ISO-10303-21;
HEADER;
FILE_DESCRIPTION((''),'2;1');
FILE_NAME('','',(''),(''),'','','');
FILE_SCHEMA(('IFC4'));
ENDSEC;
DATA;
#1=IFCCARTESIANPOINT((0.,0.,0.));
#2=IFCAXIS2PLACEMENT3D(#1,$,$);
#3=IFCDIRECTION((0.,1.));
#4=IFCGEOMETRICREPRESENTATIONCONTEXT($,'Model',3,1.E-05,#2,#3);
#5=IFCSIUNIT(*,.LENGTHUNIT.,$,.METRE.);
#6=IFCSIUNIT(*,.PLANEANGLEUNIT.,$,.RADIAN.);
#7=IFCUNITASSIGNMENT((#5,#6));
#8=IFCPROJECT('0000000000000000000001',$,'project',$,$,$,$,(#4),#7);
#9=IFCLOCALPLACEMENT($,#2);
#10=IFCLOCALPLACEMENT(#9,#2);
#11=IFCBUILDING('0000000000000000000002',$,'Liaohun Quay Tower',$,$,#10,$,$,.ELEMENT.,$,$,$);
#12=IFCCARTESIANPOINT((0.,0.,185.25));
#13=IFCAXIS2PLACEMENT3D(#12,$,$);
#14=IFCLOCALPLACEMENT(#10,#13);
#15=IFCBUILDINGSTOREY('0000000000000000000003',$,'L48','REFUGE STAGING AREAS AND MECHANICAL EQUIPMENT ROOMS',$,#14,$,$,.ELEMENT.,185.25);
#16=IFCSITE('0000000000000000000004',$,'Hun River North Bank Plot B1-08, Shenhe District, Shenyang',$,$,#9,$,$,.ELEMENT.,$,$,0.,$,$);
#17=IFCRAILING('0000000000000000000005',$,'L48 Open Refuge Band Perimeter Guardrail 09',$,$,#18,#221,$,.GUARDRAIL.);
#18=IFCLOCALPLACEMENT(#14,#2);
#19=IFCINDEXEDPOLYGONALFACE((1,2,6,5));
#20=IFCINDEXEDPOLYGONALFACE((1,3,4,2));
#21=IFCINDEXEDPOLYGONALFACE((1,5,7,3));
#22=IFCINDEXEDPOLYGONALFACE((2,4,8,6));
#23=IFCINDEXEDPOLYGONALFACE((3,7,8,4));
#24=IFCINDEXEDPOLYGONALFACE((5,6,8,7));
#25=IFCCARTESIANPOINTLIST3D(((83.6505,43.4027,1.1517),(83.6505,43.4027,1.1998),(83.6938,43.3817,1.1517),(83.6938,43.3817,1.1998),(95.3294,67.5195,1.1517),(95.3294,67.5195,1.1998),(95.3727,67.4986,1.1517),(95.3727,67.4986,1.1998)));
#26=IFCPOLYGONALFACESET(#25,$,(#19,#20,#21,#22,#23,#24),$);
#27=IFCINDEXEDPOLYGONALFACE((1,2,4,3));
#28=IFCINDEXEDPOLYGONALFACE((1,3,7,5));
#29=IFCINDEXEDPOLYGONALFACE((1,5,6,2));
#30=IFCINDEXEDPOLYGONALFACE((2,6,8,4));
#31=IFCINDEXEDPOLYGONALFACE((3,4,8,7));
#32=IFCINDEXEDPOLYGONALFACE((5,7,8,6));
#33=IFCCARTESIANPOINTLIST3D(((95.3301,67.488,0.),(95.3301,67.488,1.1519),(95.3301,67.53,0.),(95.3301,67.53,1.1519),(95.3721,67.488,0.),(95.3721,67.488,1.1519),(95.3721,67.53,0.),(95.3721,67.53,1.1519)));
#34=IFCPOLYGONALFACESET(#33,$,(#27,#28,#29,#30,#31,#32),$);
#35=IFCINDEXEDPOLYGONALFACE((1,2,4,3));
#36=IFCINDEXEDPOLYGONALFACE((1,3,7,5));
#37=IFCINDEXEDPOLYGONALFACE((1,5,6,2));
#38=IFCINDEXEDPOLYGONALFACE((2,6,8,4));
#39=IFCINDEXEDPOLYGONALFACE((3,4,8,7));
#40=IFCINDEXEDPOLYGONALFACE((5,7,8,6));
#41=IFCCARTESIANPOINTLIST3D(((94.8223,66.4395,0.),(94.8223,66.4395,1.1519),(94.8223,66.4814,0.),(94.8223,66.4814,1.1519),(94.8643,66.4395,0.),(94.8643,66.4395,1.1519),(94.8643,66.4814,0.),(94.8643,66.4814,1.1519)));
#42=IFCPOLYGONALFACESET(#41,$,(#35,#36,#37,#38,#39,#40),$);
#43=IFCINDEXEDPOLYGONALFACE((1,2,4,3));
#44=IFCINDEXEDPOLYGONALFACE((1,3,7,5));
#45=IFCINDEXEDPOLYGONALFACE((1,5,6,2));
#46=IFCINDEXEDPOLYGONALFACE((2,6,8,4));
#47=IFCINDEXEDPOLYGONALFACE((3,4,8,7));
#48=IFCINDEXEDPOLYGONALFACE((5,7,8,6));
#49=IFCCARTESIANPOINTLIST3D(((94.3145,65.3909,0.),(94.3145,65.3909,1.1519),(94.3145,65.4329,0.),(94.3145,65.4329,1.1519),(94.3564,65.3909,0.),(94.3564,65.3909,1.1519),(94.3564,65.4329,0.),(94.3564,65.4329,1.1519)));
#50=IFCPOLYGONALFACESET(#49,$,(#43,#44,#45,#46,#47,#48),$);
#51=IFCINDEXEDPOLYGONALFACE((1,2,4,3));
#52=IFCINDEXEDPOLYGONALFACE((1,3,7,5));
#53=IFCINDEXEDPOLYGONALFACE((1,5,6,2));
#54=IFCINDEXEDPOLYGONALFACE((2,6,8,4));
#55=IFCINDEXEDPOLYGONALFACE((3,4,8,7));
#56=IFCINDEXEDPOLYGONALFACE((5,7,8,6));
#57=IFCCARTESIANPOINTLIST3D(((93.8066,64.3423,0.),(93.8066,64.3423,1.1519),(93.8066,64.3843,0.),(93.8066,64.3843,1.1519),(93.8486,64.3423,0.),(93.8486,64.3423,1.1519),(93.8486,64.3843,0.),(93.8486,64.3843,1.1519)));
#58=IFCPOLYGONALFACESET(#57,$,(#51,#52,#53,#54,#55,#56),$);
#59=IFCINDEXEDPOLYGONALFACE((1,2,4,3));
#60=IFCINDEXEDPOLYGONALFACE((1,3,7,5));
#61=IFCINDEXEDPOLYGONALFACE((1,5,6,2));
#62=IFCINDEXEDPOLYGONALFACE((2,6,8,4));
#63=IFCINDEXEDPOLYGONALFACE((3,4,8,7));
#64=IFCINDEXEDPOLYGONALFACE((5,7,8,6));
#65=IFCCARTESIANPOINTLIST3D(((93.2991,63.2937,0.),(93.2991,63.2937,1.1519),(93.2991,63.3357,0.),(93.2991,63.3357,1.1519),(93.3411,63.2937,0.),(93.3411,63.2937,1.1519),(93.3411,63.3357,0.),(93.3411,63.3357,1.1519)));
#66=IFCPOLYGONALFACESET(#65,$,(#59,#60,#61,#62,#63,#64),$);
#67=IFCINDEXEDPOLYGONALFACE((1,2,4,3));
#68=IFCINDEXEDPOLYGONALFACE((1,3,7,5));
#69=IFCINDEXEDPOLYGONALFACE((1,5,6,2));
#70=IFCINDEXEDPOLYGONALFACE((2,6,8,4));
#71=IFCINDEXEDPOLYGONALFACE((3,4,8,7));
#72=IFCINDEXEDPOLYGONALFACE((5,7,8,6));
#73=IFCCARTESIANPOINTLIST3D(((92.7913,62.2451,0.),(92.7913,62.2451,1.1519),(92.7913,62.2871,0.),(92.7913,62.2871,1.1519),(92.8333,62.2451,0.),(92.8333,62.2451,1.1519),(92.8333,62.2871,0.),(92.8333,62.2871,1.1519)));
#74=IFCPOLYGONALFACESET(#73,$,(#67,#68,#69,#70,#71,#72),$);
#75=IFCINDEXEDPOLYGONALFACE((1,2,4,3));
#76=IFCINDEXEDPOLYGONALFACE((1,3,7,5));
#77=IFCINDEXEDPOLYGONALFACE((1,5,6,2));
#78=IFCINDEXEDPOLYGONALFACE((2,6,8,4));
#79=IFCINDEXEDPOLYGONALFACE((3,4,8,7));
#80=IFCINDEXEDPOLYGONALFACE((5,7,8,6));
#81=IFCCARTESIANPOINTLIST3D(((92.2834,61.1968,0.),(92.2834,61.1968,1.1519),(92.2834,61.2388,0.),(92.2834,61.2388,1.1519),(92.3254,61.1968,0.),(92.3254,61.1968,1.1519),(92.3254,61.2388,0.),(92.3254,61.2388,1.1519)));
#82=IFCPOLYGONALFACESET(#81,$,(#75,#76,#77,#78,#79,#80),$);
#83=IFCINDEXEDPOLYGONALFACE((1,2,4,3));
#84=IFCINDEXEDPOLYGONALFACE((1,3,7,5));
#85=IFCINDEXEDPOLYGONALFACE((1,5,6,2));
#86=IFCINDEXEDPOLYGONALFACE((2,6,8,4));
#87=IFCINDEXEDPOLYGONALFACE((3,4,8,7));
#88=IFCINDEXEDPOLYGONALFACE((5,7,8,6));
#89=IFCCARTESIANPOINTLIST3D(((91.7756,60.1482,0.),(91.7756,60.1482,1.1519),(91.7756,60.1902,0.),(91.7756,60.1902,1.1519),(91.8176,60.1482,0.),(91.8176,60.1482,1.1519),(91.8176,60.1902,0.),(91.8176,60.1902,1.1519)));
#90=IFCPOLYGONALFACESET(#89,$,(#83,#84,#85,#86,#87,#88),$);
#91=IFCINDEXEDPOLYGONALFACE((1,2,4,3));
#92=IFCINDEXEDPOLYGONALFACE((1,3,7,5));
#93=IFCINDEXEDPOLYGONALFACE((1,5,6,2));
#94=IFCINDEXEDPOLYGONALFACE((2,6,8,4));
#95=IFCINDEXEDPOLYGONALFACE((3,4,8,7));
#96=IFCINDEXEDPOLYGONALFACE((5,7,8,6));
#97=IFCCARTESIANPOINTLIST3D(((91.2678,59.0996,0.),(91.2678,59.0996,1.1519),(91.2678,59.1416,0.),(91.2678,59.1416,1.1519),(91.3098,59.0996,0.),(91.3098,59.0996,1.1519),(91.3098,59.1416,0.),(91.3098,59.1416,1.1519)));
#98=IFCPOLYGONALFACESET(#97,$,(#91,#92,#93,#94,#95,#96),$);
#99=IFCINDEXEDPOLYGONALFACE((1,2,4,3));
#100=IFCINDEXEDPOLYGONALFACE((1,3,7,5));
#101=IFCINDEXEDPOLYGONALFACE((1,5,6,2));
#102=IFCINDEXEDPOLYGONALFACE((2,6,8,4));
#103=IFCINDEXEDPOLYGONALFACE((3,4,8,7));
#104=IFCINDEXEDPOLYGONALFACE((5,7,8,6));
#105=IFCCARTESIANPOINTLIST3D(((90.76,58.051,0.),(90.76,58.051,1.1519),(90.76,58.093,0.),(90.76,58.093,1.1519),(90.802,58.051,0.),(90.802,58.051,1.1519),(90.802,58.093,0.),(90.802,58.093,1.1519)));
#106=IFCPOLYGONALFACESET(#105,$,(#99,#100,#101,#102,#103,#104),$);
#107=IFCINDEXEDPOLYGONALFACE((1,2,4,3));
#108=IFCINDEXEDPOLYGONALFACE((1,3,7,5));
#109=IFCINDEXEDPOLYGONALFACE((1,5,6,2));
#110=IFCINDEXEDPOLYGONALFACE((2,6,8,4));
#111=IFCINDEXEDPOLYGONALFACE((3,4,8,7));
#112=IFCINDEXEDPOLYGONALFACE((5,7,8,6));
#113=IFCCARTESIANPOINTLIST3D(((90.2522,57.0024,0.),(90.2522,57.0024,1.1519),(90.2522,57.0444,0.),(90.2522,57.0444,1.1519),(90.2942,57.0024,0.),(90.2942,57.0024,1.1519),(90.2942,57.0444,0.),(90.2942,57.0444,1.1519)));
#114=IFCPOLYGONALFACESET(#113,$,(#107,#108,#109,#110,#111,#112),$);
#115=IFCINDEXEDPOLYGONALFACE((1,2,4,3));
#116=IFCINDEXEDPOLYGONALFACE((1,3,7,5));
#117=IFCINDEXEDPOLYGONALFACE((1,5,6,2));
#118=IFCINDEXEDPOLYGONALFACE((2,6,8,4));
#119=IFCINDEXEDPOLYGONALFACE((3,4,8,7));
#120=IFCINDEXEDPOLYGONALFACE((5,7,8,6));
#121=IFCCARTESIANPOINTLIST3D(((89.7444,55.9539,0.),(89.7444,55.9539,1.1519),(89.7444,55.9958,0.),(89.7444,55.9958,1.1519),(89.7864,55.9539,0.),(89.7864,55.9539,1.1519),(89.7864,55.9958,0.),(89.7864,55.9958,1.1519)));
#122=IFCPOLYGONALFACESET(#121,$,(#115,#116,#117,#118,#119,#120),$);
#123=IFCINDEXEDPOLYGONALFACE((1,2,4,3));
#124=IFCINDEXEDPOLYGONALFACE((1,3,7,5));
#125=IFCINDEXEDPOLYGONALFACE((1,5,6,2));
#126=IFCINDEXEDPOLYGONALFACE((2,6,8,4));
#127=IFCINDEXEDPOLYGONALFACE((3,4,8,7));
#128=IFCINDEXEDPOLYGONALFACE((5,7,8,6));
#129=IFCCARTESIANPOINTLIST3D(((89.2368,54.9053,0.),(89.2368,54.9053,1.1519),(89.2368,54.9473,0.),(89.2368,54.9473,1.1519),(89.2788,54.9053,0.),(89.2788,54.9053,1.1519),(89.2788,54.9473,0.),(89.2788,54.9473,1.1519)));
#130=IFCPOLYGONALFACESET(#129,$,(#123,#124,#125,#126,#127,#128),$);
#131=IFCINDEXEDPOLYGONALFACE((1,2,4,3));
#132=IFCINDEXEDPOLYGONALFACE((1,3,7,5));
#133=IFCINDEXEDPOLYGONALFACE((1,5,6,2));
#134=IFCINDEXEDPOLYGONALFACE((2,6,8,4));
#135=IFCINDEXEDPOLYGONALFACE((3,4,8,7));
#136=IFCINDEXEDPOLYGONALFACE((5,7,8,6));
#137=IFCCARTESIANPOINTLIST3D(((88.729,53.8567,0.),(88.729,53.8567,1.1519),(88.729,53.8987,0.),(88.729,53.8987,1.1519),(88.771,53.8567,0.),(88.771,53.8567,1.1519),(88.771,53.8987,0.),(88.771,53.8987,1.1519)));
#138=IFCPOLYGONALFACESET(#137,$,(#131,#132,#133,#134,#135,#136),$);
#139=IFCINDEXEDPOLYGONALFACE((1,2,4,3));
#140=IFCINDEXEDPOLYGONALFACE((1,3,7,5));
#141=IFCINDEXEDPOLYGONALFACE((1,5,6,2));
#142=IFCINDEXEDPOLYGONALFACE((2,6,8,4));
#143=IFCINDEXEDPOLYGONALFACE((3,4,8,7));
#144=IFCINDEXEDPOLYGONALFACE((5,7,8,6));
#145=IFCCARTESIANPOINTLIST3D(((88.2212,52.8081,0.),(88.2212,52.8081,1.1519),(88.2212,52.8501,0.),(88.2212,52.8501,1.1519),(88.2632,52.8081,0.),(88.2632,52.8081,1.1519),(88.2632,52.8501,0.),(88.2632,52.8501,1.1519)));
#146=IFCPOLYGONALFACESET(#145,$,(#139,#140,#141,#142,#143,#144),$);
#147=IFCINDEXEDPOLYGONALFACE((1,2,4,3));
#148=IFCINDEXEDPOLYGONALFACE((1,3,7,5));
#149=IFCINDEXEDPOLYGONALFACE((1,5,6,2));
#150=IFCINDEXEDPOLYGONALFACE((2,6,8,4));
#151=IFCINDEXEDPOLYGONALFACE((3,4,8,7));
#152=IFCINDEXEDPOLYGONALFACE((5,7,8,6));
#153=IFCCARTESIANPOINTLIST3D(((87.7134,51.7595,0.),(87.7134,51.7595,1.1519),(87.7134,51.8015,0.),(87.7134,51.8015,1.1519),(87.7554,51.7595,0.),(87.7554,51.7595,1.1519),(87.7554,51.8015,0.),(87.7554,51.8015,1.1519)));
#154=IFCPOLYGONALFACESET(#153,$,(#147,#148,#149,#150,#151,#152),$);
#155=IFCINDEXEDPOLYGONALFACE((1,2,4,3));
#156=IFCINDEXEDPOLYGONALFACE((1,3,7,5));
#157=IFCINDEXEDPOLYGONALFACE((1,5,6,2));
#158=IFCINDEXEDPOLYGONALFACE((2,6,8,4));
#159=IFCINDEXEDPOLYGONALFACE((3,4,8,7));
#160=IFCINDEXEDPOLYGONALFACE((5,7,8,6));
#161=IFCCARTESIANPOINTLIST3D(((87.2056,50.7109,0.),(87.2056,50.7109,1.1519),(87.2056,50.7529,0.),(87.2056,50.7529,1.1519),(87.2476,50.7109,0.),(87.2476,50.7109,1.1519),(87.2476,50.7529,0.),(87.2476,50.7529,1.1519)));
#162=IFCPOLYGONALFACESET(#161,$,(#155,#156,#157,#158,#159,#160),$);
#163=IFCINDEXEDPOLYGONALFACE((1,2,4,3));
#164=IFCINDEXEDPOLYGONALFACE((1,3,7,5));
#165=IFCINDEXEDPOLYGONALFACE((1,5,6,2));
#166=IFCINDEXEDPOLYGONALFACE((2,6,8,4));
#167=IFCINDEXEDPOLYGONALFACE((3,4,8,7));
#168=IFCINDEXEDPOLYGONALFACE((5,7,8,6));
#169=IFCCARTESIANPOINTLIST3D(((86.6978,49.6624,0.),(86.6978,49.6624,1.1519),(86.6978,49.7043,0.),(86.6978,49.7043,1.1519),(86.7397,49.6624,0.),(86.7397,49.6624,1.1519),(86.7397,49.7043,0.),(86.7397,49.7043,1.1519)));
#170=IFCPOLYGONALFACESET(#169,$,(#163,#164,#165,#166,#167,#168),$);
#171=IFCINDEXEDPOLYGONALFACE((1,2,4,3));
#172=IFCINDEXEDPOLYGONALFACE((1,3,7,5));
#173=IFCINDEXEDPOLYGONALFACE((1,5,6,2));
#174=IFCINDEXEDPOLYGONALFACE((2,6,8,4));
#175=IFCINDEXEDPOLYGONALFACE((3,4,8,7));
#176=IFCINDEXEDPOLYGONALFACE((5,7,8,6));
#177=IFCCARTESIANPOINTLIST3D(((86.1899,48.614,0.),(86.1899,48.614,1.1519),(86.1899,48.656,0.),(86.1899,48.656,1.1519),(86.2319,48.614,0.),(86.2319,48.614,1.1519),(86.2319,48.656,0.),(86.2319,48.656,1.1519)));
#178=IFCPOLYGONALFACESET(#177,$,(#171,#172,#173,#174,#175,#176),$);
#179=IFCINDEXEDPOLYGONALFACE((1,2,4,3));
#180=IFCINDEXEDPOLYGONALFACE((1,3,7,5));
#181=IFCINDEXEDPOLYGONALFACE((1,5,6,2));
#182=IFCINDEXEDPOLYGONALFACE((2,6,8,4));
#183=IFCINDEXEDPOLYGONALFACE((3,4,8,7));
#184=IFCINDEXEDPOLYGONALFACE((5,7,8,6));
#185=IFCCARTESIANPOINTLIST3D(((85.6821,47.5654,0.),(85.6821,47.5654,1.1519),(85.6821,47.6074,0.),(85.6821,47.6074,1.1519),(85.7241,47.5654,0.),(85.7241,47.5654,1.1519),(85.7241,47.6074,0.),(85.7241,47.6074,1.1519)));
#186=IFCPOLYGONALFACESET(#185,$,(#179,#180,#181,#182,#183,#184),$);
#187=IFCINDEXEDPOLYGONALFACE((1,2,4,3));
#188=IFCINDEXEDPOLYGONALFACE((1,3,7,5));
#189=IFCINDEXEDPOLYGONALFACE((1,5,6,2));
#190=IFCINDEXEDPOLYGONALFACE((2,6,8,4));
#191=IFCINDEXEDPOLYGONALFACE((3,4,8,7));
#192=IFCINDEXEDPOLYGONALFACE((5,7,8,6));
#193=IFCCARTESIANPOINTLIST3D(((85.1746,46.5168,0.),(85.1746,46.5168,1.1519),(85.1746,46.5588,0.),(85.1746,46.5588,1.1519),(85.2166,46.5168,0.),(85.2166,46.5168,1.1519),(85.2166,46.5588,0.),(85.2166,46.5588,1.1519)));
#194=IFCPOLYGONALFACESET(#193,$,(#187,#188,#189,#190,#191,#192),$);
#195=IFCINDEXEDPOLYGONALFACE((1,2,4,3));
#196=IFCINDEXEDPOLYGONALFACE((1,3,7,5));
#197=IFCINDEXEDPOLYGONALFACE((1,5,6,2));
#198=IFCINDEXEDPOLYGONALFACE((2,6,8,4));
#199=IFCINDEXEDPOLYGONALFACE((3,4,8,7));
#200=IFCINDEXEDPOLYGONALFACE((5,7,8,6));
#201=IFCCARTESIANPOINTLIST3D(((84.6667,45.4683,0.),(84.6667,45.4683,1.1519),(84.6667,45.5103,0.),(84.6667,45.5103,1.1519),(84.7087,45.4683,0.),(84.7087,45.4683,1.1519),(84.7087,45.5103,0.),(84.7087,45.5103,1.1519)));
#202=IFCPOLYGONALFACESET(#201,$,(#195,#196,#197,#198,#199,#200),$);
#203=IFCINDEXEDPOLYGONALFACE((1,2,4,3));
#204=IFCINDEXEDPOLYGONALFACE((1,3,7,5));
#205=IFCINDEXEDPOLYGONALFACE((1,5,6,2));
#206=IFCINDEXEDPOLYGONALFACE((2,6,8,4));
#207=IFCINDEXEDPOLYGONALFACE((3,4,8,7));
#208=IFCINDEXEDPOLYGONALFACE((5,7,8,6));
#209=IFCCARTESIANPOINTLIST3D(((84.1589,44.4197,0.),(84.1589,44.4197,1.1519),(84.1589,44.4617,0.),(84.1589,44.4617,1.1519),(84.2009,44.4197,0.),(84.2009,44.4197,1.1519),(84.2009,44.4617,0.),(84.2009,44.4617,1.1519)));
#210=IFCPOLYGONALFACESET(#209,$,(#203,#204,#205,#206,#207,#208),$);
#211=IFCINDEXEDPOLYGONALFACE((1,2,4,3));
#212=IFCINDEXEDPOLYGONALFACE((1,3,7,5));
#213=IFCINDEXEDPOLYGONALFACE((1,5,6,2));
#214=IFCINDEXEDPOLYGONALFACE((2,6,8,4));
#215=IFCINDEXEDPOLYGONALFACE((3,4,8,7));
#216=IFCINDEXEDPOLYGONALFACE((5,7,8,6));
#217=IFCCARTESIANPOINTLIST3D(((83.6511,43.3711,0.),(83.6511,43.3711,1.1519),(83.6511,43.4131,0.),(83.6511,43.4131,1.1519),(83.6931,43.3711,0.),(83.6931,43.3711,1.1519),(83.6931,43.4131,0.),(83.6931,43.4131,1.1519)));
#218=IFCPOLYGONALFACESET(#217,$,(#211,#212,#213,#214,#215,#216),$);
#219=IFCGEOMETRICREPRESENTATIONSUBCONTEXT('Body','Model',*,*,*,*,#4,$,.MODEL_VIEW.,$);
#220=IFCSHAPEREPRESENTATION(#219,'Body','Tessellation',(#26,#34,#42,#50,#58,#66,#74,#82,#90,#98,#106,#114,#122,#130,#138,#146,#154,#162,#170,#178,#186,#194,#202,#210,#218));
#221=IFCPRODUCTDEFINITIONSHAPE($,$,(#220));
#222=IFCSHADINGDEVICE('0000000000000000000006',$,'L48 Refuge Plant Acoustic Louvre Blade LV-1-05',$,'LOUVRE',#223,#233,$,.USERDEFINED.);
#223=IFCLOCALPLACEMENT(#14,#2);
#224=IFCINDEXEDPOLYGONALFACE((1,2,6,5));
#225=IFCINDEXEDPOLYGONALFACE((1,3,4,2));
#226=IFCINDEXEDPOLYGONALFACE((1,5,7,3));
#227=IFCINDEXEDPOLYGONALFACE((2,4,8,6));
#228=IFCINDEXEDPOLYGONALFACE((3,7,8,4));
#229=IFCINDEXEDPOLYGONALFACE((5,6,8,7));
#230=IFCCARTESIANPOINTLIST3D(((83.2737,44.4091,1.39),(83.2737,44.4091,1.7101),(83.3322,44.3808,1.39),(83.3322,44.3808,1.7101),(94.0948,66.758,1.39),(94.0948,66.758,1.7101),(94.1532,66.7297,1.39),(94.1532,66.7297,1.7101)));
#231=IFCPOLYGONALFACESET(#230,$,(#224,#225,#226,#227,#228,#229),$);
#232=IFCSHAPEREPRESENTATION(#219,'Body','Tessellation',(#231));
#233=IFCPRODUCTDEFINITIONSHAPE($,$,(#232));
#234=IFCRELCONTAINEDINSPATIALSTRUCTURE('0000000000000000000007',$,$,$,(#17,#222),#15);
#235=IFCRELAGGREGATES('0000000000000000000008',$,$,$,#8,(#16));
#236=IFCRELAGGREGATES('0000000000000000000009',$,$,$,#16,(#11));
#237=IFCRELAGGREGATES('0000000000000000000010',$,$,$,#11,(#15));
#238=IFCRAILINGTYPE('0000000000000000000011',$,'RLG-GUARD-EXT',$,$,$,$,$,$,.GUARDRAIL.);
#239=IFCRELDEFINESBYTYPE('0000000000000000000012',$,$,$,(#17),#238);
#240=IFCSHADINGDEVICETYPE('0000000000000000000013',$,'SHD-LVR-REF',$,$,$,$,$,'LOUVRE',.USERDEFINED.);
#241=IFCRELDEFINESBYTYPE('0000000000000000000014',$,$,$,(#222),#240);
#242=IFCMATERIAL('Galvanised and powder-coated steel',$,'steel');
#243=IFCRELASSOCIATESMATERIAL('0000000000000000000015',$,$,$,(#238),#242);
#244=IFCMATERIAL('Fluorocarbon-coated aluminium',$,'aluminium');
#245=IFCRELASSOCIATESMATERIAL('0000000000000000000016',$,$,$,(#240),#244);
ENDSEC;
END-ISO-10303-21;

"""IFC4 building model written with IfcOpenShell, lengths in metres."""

from ifc_helpers import new_model, si_unit, direction, frame, origin, origin_2d, place, context, subcontext, project, spatial, rectangle, extrude, source, transform, mapped, material, material_profile, profile_set, type_object, element, save


model = new_model("IFC4")

# Units and contexts
model_context = context("Model", 3, precision=1e-05, world=origin(), true_north=direction((0.0, 1.0)))
body_context = subcontext(model_context, "Body", "Model", "MODEL_VIEW")
ifc_project = project(units=[si_unit("LENGTHUNIT", "METRE"), si_unit("PLANEANGLEUNIT", "RADIAN")], contexts=[model_context])

# Site, building, storey
site_placement = place(None, origin())
site = spatial("IfcSite", under=ifc_project, at=site_placement, Name="Hun River North Bank Plot B1-08, Shenhe District, Shenyang", CompositionType="ELEMENT", RefElevation=0.0)
building_placement = place(site_placement, origin())
building = spatial("IfcBuilding", under=site, at=building_placement, Name="Liaohun Quay Tower", CompositionType="ELEMENT")
storey_placement = place(building_placement, frame((0.0, 0.0, 185.25)))
storey = spatial("IfcBuildingStorey", under=building, at=storey_placement, Name="L48", Description="REFUGE STAGING AREAS AND MECHANICAL EQUIPMENT ROOMS", CompositionType="ELEMENT", Elevation=185.25)

# Railing
ifc_material_1 = material(Name="Galvanised and powder-coated steel", Category="steel")
railing_type = type_object("IfcRailingType", Name="RLG-GUARD-EXT", PredefinedType="GUARDRAIL", material=ifc_material_1)
railing_1_placement = place(storey_placement, frame((95.3511, 67.509, 0.0)))
element("IfcRailing", 1, at=railing_1_placement, inside=storey, type_object=railing_type, Name="L48 Open Refuge Band Perimeter Guardrail 09", PredefinedType="GUARDRAIL", context=body_context, shape_type="SweptSolid", body=[
    extrude(rectangle(XDim=0.0481, YDim=0.0481, at=origin_2d()), frame((0.0, 0.0, 1.1758), z_axis=(-0.435847, -0.900021, 0.0), x_axis=(0.900021, -0.435847, 0.0)), (0.0, 0.0, 1.0), 26.7959),
    extrude(rectangle(XDim=0.042, YDim=0.042, at=origin_2d()), origin(), (0.0, 0.0, 1.0), 1.1519),
    extrude(rectangle(XDim=0.042, YDim=0.042, at=origin_2d()), frame((-0.5078, -1.0486, 0.0)), (0.0, 0.0, 1.0), 1.1519),
    extrude(rectangle(XDim=0.042, YDim=0.042, at=origin_2d()), frame((-1.0156, -2.0972, 0.0)), (0.0, 0.0, 1.0), 1.1519),
    extrude(rectangle(XDim=0.042, YDim=0.042, at=origin_2d()), frame((-1.5234, -3.1458, 0.0)), (0.0, 0.0, 1.0), 1.1519),
    extrude(rectangle(XDim=0.042, YDim=0.042, at=origin_2d()), frame((-2.031, -4.1943, 0.0)), (0.0, 0.0, 1.0), 1.1519),
    extrude(rectangle(XDim=0.042, YDim=0.042, at=origin_2d()), frame((-2.5388, -5.2429, 0.0)), (0.0, 0.0, 1.0), 1.1519),
    extrude(rectangle(XDim=0.042, YDim=0.042, at=origin_2d()), frame((-3.0466, -6.2913, 0.0)), (0.0, 0.0, 1.0), 1.1519),
    extrude(rectangle(XDim=0.042, YDim=0.042, at=origin_2d()), frame((-3.5544, -7.3398, 0.0)), (0.0, 0.0, 1.0), 1.1519),
    extrude(rectangle(XDim=0.042, YDim=0.042, at=origin_2d()), frame((-4.0623, -8.3884, 0.0)), (0.0, 0.0, 1.0), 1.1519),
    extrude(rectangle(XDim=0.042, YDim=0.042, at=origin_2d()), frame((-4.5701, -9.437, 0.0)), (0.0, 0.0, 1.0), 1.1519),
    extrude(rectangle(XDim=0.042, YDim=0.042, at=origin_2d()), frame((-5.0779, -10.4856, 0.0)), (0.0, 0.0, 1.0), 1.1519),
    extrude(rectangle(XDim=0.042, YDim=0.042, at=origin_2d()), frame((-5.5857, -11.5342, 0.0)), (0.0, 0.0, 1.0), 1.1519),
    extrude(rectangle(XDim=0.042, YDim=0.042, at=origin_2d()), frame((-6.0933, -12.5828, 0.0)), (0.0, 0.0, 1.0), 1.1519),
    extrude(rectangle(XDim=0.042, YDim=0.042, at=origin_2d()), frame((-6.6011, -13.6313, 0.0)), (0.0, 0.0, 1.0), 1.1519),
    extrude(rectangle(XDim=0.042, YDim=0.042, at=origin_2d()), frame((-7.1089, -14.6799, 0.0)), (0.0, 0.0, 1.0), 1.1519),
    extrude(rectangle(XDim=0.042, YDim=0.042, at=origin_2d()), frame((-7.6167, -15.7285, 0.0)), (0.0, 0.0, 1.0), 1.1519),
    extrude(rectangle(XDim=0.042, YDim=0.042, at=origin_2d()), frame((-8.1245, -16.7771, 0.0)), (0.0, 0.0, 1.0), 1.1519),
    extrude(rectangle(XDim=0.042, YDim=0.042, at=origin_2d()), frame((-8.6323, -17.8257, 0.0)), (0.0, 0.0, 1.0), 1.1519),
    extrude(rectangle(XDim=0.042, YDim=0.042, at=origin_2d()), frame((-9.1401, -18.874, 0.0)), (0.0, 0.0, 1.0), 1.1519),
    extrude(rectangle(XDim=0.042, YDim=0.042, at=origin_2d()), frame((-9.6479, -19.9226, 0.0)), (0.0, 0.0, 1.0), 1.1519),
    extrude(rectangle(XDim=0.042, YDim=0.042, at=origin_2d()), frame((-10.1555, -20.9712, 0.0)), (0.0, 0.0, 1.0), 1.1519),
    extrude(rectangle(XDim=0.042, YDim=0.042, at=origin_2d()), frame((-10.6633, -22.0198, 0.0)), (0.0, 0.0, 1.0), 1.1519),
    extrude(rectangle(XDim=0.042, YDim=0.042, at=origin_2d()), frame((-11.1711, -23.0684, 0.0)), (0.0, 0.0, 1.0), 1.1519),
    extrude(rectangle(XDim=0.042, YDim=0.042, at=origin_2d()), frame((-11.679, -24.1169, 0.0)), (0.0, 0.0, 1.0), 1.1519),
])

# Shading device
ifc_material_2 = material(Name="Fluorocarbon-coated aluminium", Category="aluminium")
ifc_material_profile_1 = material_profile(ifc_material_2, rectangle(XDim=0.0649, YDim=0.3201, at=origin_2d()), Name="ALU-LVR-320x65")
ifc_profile_set_1 = profile_set([ifc_material_profile_1], Name="Fluorocarbon-coated aluminium")
shading_device_type = type_object("IfcShadingDeviceType", Name="SHD-LVR-REF", ElementType="LOUVRE", PredefinedType="USERDEFINED", material=ifc_profile_set_1)
shared_shape_1 = source(origin(), body_context, "Body", "SweptSolid", [
    extrude(rectangle(XDim=0.0649, YDim=0.3201, at=origin_2d()), origin(), (0.0, 0.0, 1.0), 24.8308),
])
for number, where, z_axis, x_axis, name in (
    (2, (94.124, 66.7439, 1.55), (-0.435792, -0.900048, 0.0), (0.900048, -0.435792, 0.0), "L48 Refuge Plant Acoustic Louvre Blade LV-1-05"),
):
    element("IfcShadingDevice", number, at=place(storey_placement, frame(where, z_axis=z_axis, x_axis=x_axis)), inside=storey, type_object=shading_device_type, Name=name, ObjectType="LOUVRE", PredefinedType="USERDEFINED", context=body_context, shape_type="MappedRepresentation", body=[
        mapped(shared_shape_1, transform((0.0, 0.0, 0.0), x_axis=(1.0, 0.0, 0.0), y_axis=(0.0, 1.0, 0.0), z_axis=(0.0, 0.0, 1.0), scale=1.0)),
    ])

save(model, "model.ifc")
